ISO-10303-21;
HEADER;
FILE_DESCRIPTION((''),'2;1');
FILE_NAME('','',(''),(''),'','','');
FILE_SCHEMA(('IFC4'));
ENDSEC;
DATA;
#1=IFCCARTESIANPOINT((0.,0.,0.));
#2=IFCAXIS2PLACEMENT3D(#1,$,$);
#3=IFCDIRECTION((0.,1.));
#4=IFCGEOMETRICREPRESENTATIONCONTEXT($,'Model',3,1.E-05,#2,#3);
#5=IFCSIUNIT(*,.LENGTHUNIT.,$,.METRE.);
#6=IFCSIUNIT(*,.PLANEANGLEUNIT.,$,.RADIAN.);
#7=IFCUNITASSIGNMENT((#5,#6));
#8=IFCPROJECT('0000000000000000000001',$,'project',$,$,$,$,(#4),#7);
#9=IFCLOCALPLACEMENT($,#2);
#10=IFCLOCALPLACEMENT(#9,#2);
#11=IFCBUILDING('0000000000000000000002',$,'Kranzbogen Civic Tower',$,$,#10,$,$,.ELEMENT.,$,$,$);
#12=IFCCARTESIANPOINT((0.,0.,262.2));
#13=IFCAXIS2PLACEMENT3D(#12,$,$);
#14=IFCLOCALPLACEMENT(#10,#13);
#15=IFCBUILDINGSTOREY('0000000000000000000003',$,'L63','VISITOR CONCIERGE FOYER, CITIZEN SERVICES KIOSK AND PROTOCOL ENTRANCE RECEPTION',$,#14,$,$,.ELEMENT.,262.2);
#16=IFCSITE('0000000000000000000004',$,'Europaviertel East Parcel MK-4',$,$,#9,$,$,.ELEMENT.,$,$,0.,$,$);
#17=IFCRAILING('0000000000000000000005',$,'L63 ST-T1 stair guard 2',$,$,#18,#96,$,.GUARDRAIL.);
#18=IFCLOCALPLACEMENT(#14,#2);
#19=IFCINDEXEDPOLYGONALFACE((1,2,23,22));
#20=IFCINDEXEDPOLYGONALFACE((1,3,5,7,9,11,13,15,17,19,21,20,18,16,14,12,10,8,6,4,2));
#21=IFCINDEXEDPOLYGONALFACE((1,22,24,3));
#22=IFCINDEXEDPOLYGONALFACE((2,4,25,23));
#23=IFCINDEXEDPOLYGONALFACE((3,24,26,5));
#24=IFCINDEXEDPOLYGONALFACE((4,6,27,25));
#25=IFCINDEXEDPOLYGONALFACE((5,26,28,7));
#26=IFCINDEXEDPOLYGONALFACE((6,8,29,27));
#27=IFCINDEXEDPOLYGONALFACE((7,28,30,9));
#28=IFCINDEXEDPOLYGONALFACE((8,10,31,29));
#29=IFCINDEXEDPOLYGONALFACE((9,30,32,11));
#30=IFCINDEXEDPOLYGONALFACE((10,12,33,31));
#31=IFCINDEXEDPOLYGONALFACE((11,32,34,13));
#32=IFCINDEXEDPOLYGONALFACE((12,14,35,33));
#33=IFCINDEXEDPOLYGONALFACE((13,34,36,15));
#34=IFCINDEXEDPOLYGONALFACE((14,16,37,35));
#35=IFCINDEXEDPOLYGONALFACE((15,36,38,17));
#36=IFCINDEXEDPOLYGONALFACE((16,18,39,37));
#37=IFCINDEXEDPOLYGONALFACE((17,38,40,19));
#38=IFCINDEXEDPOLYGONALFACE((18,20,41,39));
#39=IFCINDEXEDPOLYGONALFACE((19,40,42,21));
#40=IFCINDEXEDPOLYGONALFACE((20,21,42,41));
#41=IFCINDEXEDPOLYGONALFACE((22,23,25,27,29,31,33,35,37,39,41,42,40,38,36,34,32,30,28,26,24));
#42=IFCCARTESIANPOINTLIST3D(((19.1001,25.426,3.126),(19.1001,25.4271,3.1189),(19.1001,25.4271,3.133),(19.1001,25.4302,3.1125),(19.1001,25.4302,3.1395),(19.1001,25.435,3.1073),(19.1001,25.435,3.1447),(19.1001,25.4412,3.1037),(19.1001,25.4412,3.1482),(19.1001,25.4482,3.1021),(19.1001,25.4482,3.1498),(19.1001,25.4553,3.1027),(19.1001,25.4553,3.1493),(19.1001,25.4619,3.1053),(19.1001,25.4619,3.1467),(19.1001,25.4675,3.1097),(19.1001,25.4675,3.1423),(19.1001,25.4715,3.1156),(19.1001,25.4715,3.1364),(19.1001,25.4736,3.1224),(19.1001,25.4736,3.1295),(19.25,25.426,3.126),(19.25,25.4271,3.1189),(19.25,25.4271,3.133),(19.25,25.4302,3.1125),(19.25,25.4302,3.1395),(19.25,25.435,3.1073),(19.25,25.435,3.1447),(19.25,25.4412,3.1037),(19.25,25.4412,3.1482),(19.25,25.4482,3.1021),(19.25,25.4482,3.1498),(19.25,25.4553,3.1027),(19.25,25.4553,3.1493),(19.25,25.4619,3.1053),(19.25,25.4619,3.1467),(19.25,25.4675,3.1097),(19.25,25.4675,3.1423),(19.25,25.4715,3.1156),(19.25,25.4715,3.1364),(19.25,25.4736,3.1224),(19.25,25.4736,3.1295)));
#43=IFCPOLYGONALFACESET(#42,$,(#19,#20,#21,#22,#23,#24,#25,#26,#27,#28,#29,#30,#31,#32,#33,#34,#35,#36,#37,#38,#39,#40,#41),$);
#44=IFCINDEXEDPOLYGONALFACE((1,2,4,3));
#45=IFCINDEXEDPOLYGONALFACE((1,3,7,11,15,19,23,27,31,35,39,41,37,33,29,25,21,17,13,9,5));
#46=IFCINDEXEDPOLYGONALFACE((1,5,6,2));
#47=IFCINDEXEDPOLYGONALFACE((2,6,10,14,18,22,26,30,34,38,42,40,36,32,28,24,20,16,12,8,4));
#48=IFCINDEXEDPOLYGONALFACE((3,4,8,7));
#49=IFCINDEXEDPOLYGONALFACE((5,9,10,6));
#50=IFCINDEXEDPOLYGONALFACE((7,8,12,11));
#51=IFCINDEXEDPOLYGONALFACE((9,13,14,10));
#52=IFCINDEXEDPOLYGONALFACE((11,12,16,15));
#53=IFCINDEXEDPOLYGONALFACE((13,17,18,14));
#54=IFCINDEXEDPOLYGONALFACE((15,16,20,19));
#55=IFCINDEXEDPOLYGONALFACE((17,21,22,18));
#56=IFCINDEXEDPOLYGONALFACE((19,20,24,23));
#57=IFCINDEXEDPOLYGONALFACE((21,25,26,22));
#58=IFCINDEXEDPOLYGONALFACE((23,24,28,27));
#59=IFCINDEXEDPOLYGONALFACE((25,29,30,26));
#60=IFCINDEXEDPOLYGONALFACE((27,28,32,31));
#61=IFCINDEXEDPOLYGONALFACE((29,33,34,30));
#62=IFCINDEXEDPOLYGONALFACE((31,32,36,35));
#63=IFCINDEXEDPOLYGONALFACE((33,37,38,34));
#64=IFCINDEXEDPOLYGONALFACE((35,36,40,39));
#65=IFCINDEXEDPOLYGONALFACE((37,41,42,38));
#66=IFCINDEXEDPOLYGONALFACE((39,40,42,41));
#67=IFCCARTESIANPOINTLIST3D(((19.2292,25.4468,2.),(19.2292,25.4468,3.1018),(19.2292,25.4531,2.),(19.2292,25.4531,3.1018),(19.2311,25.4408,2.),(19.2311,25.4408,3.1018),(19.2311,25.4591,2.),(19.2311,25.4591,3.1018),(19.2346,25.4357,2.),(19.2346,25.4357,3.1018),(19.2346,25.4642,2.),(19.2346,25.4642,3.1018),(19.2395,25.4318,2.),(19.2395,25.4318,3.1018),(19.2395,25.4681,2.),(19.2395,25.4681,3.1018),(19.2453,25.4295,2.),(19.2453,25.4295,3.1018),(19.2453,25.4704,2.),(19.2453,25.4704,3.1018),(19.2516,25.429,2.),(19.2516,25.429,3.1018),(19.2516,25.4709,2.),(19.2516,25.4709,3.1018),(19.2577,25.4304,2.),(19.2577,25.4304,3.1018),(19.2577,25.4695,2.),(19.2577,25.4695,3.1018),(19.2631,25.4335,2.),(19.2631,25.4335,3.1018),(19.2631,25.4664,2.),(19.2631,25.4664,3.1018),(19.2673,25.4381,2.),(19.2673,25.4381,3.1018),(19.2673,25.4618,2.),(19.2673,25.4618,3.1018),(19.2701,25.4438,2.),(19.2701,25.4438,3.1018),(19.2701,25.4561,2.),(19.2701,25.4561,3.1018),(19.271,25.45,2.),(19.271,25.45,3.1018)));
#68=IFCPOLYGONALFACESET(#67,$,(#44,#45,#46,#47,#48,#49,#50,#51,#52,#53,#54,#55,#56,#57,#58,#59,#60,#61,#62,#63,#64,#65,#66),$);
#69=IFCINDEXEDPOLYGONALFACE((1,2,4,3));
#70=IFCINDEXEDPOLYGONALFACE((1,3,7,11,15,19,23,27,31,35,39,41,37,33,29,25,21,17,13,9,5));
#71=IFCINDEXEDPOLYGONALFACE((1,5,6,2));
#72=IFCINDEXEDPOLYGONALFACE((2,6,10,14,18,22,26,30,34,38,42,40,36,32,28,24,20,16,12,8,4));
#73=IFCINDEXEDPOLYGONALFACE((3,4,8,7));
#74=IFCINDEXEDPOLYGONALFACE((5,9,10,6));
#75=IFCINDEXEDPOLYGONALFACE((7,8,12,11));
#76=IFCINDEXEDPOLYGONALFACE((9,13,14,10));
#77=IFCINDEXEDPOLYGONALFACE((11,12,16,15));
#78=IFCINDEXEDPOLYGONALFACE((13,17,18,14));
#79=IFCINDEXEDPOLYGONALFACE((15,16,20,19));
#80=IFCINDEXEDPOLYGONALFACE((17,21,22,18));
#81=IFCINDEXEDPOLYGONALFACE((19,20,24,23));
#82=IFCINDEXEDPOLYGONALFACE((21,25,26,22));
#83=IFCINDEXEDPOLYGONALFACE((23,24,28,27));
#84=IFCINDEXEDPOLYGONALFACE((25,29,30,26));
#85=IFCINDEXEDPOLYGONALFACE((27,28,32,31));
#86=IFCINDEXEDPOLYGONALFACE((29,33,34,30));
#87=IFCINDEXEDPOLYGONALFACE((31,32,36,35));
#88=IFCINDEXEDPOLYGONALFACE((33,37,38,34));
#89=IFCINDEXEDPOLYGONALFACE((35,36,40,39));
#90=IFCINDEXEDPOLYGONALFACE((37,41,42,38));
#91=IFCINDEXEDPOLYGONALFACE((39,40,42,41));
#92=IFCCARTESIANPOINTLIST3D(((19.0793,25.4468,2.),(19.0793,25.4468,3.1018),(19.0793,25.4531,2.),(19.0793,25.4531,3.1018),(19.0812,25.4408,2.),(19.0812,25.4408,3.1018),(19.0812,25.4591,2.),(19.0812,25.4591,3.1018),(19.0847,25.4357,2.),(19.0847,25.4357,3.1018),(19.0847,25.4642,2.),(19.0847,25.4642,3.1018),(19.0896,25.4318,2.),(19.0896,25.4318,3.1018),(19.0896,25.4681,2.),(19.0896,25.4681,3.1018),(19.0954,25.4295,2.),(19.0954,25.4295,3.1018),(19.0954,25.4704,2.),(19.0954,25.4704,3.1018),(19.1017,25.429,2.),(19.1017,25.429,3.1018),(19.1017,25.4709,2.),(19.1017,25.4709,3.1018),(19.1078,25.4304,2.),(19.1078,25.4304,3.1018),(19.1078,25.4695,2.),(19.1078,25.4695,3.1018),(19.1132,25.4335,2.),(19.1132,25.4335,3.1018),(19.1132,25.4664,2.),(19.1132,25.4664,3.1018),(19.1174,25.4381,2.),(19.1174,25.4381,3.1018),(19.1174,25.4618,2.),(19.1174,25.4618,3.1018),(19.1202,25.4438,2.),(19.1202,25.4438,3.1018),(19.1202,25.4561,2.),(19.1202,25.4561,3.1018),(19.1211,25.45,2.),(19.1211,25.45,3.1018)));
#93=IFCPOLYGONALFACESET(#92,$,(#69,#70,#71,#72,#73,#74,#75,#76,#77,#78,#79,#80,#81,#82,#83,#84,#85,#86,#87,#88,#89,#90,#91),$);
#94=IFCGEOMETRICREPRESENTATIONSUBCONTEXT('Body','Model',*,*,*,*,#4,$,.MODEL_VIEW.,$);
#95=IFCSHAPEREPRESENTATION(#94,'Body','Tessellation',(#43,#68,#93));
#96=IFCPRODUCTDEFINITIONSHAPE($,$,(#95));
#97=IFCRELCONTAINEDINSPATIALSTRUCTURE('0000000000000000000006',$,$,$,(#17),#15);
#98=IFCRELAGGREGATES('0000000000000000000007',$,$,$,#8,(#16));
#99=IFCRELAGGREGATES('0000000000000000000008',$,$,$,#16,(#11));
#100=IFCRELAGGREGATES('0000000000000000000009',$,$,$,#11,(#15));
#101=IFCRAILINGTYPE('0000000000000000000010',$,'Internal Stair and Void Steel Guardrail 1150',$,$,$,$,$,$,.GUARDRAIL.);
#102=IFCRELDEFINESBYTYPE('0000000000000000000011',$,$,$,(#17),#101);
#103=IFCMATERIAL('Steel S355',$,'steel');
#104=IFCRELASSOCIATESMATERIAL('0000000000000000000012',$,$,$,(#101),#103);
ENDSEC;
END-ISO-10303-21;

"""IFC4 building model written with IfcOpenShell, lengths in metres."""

from ifc_helpers import new_model, si_unit, direction, frame, origin, origin_2d, place, context, subcontext, project, spatial, circle, extrude, material, type_object, element, save


model = new_model("IFC4")

# Units and contexts
model_context = context("Model", 3, precision=1e-05, world=origin(), true_north=direction((0.0, 1.0)))
body_context = subcontext(model_context, "Body", "Model", "MODEL_VIEW")
ifc_project = project(units=[si_unit("LENGTHUNIT", "METRE"), si_unit("PLANEANGLEUNIT", "RADIAN")], contexts=[model_context])

# Site, building, storey
site_placement = place(None, origin())
site = spatial("IfcSite", under=ifc_project, at=site_placement, Name="Europaviertel East Parcel MK-4", CompositionType="ELEMENT", RefElevation=0.0)
building_placement = place(site_placement, origin())
building = spatial("IfcBuilding", under=site, at=building_placement, Name="Kranzbogen Civic Tower", CompositionType="ELEMENT")
storey_placement = place(building_placement, frame((0.0, 0.0, 262.2)))
storey = spatial("IfcBuildingStorey", under=building, at=storey_placement, Name="L63", Description="VISITOR CONCIERGE FOYER, CITIZEN SERVICES KIOSK AND PROTOCOL ENTRANCE RECEPTION", CompositionType="ELEMENT", Elevation=262.2)

# Shared definitions
ifc_material_1 = material(Name="Steel S355", Category="steel")

# Railing
railing_type_1 = type_object("IfcRailingType", Name="Internal Stair and Void Steel Guardrail 1150", PredefinedType="GUARDRAIL", material=ifc_material_1)
railing_1_placement = place(storey_placement, frame((19.25, 25.45, 2.0)))
element("IfcRailing", 1, at=railing_1_placement, inside=storey, type_object=railing_type_1, Name="L63 ST-T1 stair guard 2", PredefinedType="GUARDRAIL", context=body_context, shape_type="SweptSolid", body=[
    extrude(circle(Radius=0.0239, at=origin_2d()), frame((0.0, 0.0, 1.126), z_axis=(-1.0, 0.0, 0.0), x_axis=(0.0, -1.0, 0.0)), (0.0, 0.0, 1.0), 0.1499),
    extrude(circle(Radius=0.021, at=origin_2d()), origin(), (0.0, 0.0, 1.0), 1.1018),
    extrude(circle(Radius=0.021, at=origin_2d()), frame((-0.1499, 0.0, 0.0)), (0.0, 0.0, 1.0), 1.1018),
])

save(model, "model.ifc")
